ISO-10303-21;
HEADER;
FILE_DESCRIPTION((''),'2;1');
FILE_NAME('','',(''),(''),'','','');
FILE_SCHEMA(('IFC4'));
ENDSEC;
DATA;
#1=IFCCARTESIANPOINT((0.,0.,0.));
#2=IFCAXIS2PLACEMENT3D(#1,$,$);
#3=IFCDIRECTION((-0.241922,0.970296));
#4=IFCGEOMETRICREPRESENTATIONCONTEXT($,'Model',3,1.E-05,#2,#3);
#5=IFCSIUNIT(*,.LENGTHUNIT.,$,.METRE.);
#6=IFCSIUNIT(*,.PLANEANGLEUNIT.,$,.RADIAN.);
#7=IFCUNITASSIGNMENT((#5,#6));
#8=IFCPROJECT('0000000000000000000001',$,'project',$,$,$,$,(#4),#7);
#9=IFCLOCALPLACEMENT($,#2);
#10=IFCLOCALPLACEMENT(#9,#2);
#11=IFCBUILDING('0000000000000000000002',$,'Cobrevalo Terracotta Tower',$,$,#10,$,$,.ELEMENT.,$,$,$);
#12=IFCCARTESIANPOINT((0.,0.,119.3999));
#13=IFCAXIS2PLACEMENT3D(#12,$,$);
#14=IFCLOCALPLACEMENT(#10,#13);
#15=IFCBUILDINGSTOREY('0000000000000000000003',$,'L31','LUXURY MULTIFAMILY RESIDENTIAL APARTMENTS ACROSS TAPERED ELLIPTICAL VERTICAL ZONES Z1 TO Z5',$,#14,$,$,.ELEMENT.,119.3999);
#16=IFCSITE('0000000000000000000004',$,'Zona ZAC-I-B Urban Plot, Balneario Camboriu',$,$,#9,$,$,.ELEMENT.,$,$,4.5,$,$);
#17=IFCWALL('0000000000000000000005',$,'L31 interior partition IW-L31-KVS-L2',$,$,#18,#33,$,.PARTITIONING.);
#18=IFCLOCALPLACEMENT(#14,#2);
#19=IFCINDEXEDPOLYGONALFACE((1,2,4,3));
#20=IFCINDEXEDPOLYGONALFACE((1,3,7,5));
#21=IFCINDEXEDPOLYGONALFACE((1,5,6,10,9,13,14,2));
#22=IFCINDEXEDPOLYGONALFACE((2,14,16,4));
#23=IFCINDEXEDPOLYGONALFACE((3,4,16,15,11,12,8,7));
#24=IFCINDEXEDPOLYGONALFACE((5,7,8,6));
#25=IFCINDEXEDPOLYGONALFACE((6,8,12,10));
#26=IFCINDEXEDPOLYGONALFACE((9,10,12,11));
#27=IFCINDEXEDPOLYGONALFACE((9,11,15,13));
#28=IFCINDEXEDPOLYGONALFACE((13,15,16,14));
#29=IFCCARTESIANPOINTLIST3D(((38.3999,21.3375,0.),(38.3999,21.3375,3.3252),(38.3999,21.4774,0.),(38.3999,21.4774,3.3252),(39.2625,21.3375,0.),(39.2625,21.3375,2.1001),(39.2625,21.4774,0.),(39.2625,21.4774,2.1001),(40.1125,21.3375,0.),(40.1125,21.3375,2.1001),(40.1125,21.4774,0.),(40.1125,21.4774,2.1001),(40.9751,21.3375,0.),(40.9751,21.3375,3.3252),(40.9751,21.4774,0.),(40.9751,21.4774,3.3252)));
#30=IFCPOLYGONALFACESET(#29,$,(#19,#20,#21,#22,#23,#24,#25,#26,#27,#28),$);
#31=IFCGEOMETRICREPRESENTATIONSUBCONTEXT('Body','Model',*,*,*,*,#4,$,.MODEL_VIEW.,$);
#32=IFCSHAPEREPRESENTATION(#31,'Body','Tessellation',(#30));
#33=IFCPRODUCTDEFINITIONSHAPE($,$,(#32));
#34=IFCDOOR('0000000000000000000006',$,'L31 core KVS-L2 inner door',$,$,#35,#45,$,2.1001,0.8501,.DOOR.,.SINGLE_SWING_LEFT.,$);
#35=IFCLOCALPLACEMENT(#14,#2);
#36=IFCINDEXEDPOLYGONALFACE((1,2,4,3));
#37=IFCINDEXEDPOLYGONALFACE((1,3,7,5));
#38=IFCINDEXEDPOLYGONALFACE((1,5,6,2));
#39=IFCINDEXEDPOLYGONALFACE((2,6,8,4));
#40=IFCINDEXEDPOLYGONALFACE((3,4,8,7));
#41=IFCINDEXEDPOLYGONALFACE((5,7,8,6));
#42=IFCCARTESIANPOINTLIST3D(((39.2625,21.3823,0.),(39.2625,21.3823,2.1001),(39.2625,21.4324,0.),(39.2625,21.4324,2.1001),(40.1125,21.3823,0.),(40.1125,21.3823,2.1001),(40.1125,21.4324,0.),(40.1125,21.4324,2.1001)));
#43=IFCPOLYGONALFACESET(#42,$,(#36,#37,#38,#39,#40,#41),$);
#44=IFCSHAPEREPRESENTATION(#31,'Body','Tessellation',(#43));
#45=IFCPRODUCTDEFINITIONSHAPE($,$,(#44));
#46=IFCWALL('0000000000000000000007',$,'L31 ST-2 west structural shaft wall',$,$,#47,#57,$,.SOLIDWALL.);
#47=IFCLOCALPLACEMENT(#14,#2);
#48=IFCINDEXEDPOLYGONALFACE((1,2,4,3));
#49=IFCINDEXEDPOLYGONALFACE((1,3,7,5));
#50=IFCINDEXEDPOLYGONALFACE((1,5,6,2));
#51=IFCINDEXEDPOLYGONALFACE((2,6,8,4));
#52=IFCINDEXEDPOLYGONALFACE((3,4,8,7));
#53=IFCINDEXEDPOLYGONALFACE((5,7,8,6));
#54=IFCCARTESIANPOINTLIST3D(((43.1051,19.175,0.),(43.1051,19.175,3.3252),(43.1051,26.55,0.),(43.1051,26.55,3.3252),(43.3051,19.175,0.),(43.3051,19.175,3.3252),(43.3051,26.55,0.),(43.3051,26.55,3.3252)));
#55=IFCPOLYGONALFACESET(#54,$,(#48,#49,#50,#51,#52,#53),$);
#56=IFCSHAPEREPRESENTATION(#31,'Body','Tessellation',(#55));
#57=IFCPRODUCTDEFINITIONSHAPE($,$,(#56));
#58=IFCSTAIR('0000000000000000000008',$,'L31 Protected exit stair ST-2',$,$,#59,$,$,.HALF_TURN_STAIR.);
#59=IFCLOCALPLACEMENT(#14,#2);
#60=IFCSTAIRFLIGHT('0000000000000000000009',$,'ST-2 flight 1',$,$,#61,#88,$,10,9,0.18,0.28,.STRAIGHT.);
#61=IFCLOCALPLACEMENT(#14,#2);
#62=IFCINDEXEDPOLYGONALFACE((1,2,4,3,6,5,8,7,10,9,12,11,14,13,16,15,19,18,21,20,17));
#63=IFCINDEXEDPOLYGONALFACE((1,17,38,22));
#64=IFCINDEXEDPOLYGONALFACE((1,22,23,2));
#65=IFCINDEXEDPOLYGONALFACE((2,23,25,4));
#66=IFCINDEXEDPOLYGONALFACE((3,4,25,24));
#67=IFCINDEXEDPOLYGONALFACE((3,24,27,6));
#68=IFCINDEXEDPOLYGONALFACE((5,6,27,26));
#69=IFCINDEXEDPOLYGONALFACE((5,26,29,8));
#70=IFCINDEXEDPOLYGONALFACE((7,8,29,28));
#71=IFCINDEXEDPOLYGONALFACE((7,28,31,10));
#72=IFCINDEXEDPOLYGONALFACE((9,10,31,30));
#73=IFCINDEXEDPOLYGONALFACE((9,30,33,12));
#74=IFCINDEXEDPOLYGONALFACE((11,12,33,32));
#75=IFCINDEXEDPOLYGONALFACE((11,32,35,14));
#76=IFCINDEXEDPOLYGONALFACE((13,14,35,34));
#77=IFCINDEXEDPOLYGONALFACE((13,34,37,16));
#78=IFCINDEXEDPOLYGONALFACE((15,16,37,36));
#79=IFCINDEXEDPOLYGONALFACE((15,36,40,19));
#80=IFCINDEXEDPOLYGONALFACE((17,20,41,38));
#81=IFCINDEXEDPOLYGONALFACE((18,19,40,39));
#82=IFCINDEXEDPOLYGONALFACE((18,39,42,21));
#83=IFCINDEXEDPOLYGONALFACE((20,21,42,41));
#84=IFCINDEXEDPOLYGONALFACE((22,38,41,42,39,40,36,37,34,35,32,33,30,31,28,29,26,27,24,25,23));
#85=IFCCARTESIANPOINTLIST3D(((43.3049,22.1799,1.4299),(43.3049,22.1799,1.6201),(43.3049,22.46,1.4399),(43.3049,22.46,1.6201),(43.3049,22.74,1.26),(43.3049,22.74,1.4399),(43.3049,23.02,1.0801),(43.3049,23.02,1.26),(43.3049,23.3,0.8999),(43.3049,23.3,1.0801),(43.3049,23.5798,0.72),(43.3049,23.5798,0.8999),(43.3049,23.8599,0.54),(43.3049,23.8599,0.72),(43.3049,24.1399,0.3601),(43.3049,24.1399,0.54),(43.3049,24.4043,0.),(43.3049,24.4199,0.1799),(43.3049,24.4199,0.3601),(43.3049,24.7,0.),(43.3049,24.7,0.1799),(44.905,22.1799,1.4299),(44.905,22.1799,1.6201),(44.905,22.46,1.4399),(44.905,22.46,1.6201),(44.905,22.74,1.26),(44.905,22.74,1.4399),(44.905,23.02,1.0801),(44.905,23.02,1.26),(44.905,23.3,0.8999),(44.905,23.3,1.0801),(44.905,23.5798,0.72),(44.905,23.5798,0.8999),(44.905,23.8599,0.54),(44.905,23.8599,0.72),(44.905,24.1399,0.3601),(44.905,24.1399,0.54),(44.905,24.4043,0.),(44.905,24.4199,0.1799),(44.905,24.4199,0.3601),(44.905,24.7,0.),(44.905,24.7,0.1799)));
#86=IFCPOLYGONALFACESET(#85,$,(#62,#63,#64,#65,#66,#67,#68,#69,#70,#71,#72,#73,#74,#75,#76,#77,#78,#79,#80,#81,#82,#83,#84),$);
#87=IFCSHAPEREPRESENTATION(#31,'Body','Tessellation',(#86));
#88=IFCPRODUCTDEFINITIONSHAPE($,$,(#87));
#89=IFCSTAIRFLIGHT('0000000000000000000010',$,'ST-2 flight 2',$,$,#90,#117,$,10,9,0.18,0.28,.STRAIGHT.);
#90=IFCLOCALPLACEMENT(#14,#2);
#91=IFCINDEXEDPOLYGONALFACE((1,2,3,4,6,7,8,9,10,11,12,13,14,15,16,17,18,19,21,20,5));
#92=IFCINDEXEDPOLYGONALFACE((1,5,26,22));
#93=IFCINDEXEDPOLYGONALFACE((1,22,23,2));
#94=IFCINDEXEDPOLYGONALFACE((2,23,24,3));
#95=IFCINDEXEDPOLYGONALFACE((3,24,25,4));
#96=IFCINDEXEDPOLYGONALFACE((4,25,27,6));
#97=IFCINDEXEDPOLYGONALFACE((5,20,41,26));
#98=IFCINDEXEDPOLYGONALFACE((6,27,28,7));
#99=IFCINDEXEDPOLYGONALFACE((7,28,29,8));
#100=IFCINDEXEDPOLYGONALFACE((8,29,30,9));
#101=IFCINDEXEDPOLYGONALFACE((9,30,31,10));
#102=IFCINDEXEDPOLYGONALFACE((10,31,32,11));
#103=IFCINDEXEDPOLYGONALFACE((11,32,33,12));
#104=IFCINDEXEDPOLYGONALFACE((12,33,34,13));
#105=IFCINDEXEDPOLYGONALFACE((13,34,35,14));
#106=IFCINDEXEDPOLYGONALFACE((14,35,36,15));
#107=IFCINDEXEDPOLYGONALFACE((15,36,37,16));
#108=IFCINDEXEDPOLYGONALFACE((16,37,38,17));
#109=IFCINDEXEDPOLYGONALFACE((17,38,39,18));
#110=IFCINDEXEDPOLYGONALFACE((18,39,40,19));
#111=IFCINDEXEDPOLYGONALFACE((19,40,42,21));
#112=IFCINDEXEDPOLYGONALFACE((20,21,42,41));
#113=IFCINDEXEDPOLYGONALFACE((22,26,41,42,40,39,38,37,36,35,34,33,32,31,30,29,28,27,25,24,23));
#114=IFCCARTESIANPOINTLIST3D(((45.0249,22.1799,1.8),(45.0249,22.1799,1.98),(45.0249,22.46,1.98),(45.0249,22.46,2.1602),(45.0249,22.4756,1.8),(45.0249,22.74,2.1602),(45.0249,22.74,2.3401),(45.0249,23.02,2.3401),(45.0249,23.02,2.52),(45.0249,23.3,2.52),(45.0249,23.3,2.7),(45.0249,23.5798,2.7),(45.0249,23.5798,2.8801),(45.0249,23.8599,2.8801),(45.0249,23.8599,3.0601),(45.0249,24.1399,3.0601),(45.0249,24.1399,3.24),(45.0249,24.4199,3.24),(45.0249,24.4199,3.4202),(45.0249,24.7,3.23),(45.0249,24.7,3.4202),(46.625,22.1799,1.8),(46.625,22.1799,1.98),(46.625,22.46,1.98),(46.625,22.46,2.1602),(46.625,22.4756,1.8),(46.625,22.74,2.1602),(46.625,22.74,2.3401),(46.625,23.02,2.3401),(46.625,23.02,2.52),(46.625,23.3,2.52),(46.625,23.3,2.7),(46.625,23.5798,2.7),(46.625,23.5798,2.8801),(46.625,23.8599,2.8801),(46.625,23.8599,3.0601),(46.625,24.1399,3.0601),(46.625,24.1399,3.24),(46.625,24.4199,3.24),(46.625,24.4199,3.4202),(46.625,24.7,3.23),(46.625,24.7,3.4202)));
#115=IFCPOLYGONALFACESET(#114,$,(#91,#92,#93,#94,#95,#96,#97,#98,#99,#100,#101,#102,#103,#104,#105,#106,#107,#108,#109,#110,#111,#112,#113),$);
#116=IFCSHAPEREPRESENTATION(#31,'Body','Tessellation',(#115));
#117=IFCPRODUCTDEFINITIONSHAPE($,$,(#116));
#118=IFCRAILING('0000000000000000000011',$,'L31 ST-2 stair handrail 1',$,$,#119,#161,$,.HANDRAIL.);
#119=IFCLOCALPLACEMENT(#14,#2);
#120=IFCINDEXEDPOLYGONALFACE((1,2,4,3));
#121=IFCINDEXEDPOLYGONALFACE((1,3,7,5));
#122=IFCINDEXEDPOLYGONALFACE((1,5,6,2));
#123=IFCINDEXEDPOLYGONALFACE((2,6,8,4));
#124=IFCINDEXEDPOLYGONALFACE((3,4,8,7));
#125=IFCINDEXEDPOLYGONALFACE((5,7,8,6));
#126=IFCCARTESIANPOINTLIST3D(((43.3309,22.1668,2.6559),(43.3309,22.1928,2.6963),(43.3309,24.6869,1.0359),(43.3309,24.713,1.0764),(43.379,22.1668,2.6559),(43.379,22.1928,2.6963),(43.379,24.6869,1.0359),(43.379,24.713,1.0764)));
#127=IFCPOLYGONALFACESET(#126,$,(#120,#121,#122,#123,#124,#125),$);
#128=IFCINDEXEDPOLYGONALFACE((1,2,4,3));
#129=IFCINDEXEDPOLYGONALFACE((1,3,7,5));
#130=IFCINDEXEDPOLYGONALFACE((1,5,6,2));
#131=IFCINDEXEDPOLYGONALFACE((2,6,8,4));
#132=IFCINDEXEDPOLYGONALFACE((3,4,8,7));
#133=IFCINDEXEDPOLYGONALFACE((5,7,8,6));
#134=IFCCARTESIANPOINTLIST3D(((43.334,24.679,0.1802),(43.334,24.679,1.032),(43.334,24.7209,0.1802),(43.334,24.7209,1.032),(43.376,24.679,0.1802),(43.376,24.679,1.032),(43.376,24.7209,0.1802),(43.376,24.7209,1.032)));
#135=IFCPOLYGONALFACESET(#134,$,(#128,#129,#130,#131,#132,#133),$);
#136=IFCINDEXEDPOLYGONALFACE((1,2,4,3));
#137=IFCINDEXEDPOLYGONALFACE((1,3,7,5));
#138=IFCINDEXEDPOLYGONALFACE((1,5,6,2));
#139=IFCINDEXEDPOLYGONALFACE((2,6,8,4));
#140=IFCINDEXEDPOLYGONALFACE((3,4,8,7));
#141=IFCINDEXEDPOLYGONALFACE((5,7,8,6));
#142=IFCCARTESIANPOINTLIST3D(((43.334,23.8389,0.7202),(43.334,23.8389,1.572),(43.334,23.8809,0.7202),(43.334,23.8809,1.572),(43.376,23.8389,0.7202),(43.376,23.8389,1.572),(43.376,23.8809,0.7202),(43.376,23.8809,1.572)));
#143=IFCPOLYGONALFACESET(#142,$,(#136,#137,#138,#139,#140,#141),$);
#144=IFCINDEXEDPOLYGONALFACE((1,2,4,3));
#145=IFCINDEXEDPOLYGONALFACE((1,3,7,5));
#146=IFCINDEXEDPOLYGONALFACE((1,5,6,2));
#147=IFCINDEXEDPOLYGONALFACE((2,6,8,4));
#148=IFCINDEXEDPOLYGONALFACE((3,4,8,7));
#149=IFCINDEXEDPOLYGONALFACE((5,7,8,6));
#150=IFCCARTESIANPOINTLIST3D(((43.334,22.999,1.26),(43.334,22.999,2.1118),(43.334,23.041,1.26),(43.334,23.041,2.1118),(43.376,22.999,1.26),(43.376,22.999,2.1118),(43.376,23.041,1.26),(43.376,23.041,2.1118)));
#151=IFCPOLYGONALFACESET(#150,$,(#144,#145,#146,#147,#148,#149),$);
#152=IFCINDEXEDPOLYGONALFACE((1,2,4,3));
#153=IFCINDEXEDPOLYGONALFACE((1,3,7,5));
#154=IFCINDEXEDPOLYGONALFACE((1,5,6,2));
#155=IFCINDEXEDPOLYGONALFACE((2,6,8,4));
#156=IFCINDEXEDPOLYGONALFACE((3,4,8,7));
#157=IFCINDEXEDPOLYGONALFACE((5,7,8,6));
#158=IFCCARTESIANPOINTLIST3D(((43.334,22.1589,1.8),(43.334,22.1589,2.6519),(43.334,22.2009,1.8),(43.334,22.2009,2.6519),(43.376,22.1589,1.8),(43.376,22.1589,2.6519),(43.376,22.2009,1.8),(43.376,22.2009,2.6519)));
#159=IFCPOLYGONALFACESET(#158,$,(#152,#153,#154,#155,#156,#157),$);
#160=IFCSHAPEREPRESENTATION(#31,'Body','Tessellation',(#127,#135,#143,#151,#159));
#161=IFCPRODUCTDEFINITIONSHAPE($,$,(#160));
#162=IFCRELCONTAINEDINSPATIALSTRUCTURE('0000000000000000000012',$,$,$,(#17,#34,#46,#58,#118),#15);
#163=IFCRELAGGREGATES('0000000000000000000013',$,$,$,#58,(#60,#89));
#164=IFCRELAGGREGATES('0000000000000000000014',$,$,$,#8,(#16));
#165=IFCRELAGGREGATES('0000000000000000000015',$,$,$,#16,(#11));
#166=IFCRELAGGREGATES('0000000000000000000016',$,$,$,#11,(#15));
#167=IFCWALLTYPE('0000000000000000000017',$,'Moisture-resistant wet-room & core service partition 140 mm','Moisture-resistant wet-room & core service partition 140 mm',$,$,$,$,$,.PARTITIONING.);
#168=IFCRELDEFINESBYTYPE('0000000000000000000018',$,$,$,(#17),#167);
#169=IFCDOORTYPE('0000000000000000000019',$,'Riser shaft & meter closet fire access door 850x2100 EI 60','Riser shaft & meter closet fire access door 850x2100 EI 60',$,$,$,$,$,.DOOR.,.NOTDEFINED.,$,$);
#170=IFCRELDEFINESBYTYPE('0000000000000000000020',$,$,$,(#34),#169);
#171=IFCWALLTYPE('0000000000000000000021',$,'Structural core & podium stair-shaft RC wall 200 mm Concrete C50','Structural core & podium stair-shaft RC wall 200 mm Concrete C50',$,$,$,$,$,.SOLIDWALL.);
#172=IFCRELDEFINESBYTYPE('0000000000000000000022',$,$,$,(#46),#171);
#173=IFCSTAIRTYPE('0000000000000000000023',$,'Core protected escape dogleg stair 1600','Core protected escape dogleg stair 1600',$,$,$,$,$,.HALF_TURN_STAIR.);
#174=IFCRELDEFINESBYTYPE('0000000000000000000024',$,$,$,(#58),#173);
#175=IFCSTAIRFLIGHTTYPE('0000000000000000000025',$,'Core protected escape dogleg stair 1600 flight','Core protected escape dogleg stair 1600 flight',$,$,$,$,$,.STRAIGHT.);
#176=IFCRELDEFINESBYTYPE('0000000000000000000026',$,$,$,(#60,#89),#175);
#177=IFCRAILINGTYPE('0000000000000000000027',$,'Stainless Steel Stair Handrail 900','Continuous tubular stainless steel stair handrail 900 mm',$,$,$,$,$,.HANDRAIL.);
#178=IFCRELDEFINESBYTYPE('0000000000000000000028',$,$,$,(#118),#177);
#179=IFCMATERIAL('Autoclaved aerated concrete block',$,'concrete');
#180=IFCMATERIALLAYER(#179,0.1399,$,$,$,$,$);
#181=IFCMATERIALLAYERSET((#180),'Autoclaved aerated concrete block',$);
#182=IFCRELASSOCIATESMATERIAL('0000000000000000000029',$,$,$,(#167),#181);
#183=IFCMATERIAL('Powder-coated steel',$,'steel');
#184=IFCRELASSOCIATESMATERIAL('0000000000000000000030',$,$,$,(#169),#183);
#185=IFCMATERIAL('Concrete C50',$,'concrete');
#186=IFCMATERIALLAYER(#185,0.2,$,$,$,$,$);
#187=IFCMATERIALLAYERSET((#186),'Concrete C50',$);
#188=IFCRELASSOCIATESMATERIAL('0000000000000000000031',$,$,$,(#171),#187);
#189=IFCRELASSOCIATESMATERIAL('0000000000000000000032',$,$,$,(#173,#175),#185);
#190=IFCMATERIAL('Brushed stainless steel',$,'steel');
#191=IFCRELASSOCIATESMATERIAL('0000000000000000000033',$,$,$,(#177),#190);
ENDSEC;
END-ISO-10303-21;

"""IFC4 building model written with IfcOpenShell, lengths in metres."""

from ifc_helpers import new_model, si_unit, direction, frame, frame_2d, origin, origin_2d, place, context, subcontext, project, spatial, polyline, rectangle, outline, extrude, source, transform, mapped, material, layer, layer_set, type_object, element, fill, aggregate, save


model = new_model("IFC4")

# Units and contexts
model_context = context("Model", 3, precision=1e-05, world=origin(), true_north=direction((-0.241922, 0.970296)))
body_context = subcontext(model_context, "Body", "Model", "MODEL_VIEW")
ifc_project = project(units=[si_unit("LENGTHUNIT", "METRE"), si_unit("PLANEANGLEUNIT", "RADIAN")], contexts=[model_context])

# Site, building, storey
site_placement = place(None, origin())
site = spatial("IfcSite", under=ifc_project, at=site_placement, Name="Zona ZAC-I-B Urban Plot, Balneario Camboriu", CompositionType="ELEMENT", RefElevation=4.5)
building_placement = place(site_placement, origin())
building = spatial("IfcBuilding", under=site, at=building_placement, Name="Cobrevalo Terracotta Tower", CompositionType="ELEMENT")
storey_placement = place(building_placement, frame((0.0, 0.0, 119.3999)))
storey = spatial("IfcBuildingStorey", under=building, at=storey_placement, Name="L31", Description="LUXURY MULTIFAMILY RESIDENTIAL APARTMENTS ACROSS TAPERED ELLIPTICAL VERTICAL ZONES Z1 TO Z5", CompositionType="ELEMENT", Elevation=119.3999)

# Shared definitions
ifc_material_1 = material(Name="Autoclaved aerated concrete block", Category="concrete")

# Shared definitions
ifc_layer_1 = layer(ifc_material_1, 0.1399)
ifc_layer_set_1 = layer_set([ifc_layer_1], Name="Autoclaved aerated concrete block")
wall_type_1 = type_object("IfcWallType", Name="Moisture-resistant wet-room & core service partition 140 mm", Description="Moisture-resistant wet-room & core service partition 140 mm", PredefinedType="PARTITIONING", material=ifc_layer_set_1)

# Wall, opening, door
wall_1_placement = place(storey_placement, frame((38.3999, 21.4075, 0.0), z_axis=(0.0, 0.0, 1.0), x_axis=(1.0, 0.0, 0.0)))
wall_1 = element("IfcWall", 1, at=wall_1_placement, inside=storey, type_object=wall_type_1, Name="L31 interior partition IW-L31-KVS-L2", PredefinedType="PARTITIONING", context=body_context, shape_type="SweptSolid", body=[
    extrude(rectangle(XDim=2.5752, YDim=0.1399, at=frame_2d((1.2876, 0.0))), origin(), (0.0, 0.0, 1.0), 3.3252),
])
opening_1_placement = place(wall_1_placement, frame((0.8625, 0.0, 0.0)))
opening_1 = element("IfcOpeningElement", 2, at=opening_1_placement, cuts=wall_1, PredefinedType="OPENING", context=body_context, shape_type="SweptSolid", body=[
    extrude(rectangle(XDim=0.8501, YDim=2.1001, at=frame_2d((0.425, 1.05))), frame((0.0, 0.0801, 0.0), z_axis=(0.0, -1.0, 0.0), x_axis=(1.0, 0.0, 0.0)), (0.0, 0.0, 1.0), 0.1599),
])
ifc_material_2 = material(Name="Powder-coated steel", Category="steel")
door_type_1 = type_object("IfcDoorType", Name="Riser shaft & meter closet fire access door 850x2100 EI 60", Description="Riser shaft & meter closet fire access door 850x2100 EI 60", OperationType="NOTDEFINED", PredefinedType="DOOR", material=ifc_material_2)
shared_shape_1 = source(origin(), body_context, "Body", "SweptSolid", [
    extrude(rectangle(XDim=0.8501, YDim=2.1001, at=frame_2d((0.425, 1.05))), frame((0.0, 0.0249, 0.0), z_axis=(0.0, -1.0, 0.0), x_axis=(1.0, 0.0, 0.0)), (0.0, 0.0, 1.0), 0.05),
])
door_1_placement = place(opening_1_placement, origin())
door_1 = element("IfcDoor", 3, at=door_1_placement, inside=storey, type_object=door_type_1, Name="L31 core KVS-L2 inner door", OperationType="SINGLE_SWING_LEFT", OverallHeight=2.1001, OverallWidth=0.8501, PredefinedType="DOOR", context=body_context, shape_type="MappedRepresentation", body=[
    mapped(shared_shape_1, transform((0.0, 0.0, 0.0), scale=1.0)),
])
fill(opening_1, door_1)

# Wall
ifc_material_3 = material(Name="Concrete C50", Category="concrete")
ifc_layer_2 = layer(ifc_material_3, 0.2)
ifc_layer_set_2 = layer_set([ifc_layer_2], Name="Concrete C50")
wall_type_2 = type_object("IfcWallType", Name="Structural core & podium stair-shaft RC wall 200 mm Concrete C50", Description="Structural core & podium stair-shaft RC wall 200 mm Concrete C50", PredefinedType="SOLIDWALL", material=ifc_layer_set_2)
wall_2_placement = place(storey_placement, frame((43.2051, 19.175, 0.0), z_axis=(0.0, 0.0, 1.0), x_axis=(0.0, 1.0, 0.0)))
element("IfcWall", 4, at=wall_2_placement, inside=storey, type_object=wall_type_2, Name="L31 ST-2 west structural shaft wall", PredefinedType="SOLIDWALL", context=body_context, shape_type="SweptSolid", body=[
    extrude(rectangle(XDim=7.375, YDim=0.2, at=frame_2d((3.6875, 0.0))), origin(), (0.0, 0.0, 1.0), 3.3252),
])

# Stair, stair flights
stair_type = type_object("IfcStairType", Name="Core protected escape dogleg stair 1600", Description="Core protected escape dogleg stair 1600", PredefinedType="HALF_TURN_STAIR", material=ifc_material_3)
stair_placement = place(storey_placement, origin())
stair = element("IfcStair", 5, at=stair_placement, inside=storey, type_object=stair_type, Name="L31 Protected exit stair ST-2", PredefinedType="HALF_TURN_STAIR")
stair_flight_type = type_object("IfcStairFlightType", Name="Core protected escape dogleg stair 1600 flight", Description="Core protected escape dogleg stair 1600 flight", PredefinedType="STRAIGHT", material=ifc_material_3)
stair_flight_1_placement = place(storey_placement, frame((44.105, 24.7, 0.0), z_axis=(0.0, 0.0, 1.0), x_axis=(0.0, -1.0, 0.0)))
stair_flight_1 = element("IfcStairFlight", 6, at=stair_flight_1_placement, type_object=stair_flight_type, Name="ST-2 flight 1", NumberOfRisers=10, NumberOfTreads=9, PredefinedType="STRAIGHT", RiserHeight=0.18, TreadLength=0.28, context=body_context, shape_type="SweptSolid", body=[
    extrude(outline(polyline([(0.0, 0.0), (0.0, 0.1799), (0.28, 0.1799), (0.28, 0.3601), (0.5601, 0.3601), (0.5601, 0.54), (0.8401, 0.54), (0.8401, 0.72), (1.1201, 0.72), (1.1201, 0.8999), (1.3999, 0.8999), (1.3999, 1.0801), (1.6799, 1.0801), (1.6799, 1.26), (1.96, 1.26), (1.96, 1.4399), (2.24, 1.4399), (2.24, 1.6201), (2.52, 1.6201), (2.52, 1.8), (2.52, 1.4299), (0.2957, 0.0), (0.0, 0.0)])), frame((0.0, 0.8, 0.0), z_axis=(0.0, -1.0, 0.0), x_axis=(1.0, 0.0, 0.0)), (0.0, 0.0, 1.0), 1.6001),
])
stair_flight_2_placement = place(storey_placement, frame((45.825, 22.1799, 1.8), z_axis=(0.0, 0.0, 1.0), x_axis=(0.0, 1.0, 0.0)))
stair_flight_2 = element("IfcStairFlight", 7, at=stair_flight_2_placement, type_object=stair_flight_type, Name="ST-2 flight 2", NumberOfRisers=10, NumberOfTreads=9, PredefinedType="STRAIGHT", RiserHeight=0.18, TreadLength=0.28, context=body_context, shape_type="SweptSolid", body=[
    extrude(outline(polyline([(0.0, 0.0), (0.0, 0.1799), (0.28, 0.1799), (0.28, 0.3601), (0.5601, 0.3601), (0.5601, 0.54), (0.8401, 0.54), (0.8401, 0.72), (1.1201, 0.72), (1.1201, 0.8999), (1.3999, 0.8999), (1.3999, 1.0801), (1.6799, 1.0801), (1.6799, 1.26), (1.96, 1.26), (1.96, 1.4399), (2.24, 1.4399), (2.24, 1.6201), (2.52, 1.6201), (2.52, 1.8), (2.52, 1.4299), (0.2957, 0.0), (0.0, 0.0)])), frame((0.0, 0.8, 0.0), z_axis=(0.0, -1.0, 0.0), x_axis=(1.0, 0.0, 0.0)), (0.0, 0.0, 1.0), 1.6001),
])
aggregate(stair, [stair_flight_1, stair_flight_2])

# Railing
ifc_material_4 = material(Name="Brushed stainless steel", Category="steel")
railing_type_1 = type_object("IfcRailingType", Name="Stainless Steel Stair Handrail 900", Description="Continuous tubular stainless steel stair handrail 900 mm", PredefinedType="HANDRAIL", material=ifc_material_4)
railing_1_placement = place(storey_placement, frame((43.355, 24.7, 0.1802)))
element("IfcRailing", 8, at=railing_1_placement, inside=storey, type_object=railing_type_1, Name="L31 ST-2 stair handrail 1", PredefinedType="HANDRAIL", context=body_context, shape_type="SweptSolid", body=[
    extrude(rectangle(XDim=0.0481, YDim=0.0481, at=origin_2d()), frame((0.0, 0.0, 0.876), z_axis=(0.0, -0.8412, 0.540725), x_axis=(1.0, 0.0, 0.0)), (0.0, 0.0, 1.0), 2.9958),
    extrude(rectangle(XDim=0.042, YDim=0.042, at=origin_2d()), origin(), (0.0, 0.0, 1.0), 0.8518),
    extrude(rectangle(XDim=0.042, YDim=0.042, at=origin_2d()), frame((0.0, -0.8401, 0.54)), (0.0, 0.0, 1.0), 0.8518),
    extrude(rectangle(XDim=0.042, YDim=0.042, at=origin_2d()), frame((0.0, -1.6799, 1.0798)), (0.0, 0.0, 1.0), 0.8518),
    extrude(rectangle(XDim=0.042, YDim=0.042, at=origin_2d()), frame((0.0, -2.52, 1.6199)), (0.0, 0.0, 1.0), 0.8518),
])

save(model, "model.ifc")
